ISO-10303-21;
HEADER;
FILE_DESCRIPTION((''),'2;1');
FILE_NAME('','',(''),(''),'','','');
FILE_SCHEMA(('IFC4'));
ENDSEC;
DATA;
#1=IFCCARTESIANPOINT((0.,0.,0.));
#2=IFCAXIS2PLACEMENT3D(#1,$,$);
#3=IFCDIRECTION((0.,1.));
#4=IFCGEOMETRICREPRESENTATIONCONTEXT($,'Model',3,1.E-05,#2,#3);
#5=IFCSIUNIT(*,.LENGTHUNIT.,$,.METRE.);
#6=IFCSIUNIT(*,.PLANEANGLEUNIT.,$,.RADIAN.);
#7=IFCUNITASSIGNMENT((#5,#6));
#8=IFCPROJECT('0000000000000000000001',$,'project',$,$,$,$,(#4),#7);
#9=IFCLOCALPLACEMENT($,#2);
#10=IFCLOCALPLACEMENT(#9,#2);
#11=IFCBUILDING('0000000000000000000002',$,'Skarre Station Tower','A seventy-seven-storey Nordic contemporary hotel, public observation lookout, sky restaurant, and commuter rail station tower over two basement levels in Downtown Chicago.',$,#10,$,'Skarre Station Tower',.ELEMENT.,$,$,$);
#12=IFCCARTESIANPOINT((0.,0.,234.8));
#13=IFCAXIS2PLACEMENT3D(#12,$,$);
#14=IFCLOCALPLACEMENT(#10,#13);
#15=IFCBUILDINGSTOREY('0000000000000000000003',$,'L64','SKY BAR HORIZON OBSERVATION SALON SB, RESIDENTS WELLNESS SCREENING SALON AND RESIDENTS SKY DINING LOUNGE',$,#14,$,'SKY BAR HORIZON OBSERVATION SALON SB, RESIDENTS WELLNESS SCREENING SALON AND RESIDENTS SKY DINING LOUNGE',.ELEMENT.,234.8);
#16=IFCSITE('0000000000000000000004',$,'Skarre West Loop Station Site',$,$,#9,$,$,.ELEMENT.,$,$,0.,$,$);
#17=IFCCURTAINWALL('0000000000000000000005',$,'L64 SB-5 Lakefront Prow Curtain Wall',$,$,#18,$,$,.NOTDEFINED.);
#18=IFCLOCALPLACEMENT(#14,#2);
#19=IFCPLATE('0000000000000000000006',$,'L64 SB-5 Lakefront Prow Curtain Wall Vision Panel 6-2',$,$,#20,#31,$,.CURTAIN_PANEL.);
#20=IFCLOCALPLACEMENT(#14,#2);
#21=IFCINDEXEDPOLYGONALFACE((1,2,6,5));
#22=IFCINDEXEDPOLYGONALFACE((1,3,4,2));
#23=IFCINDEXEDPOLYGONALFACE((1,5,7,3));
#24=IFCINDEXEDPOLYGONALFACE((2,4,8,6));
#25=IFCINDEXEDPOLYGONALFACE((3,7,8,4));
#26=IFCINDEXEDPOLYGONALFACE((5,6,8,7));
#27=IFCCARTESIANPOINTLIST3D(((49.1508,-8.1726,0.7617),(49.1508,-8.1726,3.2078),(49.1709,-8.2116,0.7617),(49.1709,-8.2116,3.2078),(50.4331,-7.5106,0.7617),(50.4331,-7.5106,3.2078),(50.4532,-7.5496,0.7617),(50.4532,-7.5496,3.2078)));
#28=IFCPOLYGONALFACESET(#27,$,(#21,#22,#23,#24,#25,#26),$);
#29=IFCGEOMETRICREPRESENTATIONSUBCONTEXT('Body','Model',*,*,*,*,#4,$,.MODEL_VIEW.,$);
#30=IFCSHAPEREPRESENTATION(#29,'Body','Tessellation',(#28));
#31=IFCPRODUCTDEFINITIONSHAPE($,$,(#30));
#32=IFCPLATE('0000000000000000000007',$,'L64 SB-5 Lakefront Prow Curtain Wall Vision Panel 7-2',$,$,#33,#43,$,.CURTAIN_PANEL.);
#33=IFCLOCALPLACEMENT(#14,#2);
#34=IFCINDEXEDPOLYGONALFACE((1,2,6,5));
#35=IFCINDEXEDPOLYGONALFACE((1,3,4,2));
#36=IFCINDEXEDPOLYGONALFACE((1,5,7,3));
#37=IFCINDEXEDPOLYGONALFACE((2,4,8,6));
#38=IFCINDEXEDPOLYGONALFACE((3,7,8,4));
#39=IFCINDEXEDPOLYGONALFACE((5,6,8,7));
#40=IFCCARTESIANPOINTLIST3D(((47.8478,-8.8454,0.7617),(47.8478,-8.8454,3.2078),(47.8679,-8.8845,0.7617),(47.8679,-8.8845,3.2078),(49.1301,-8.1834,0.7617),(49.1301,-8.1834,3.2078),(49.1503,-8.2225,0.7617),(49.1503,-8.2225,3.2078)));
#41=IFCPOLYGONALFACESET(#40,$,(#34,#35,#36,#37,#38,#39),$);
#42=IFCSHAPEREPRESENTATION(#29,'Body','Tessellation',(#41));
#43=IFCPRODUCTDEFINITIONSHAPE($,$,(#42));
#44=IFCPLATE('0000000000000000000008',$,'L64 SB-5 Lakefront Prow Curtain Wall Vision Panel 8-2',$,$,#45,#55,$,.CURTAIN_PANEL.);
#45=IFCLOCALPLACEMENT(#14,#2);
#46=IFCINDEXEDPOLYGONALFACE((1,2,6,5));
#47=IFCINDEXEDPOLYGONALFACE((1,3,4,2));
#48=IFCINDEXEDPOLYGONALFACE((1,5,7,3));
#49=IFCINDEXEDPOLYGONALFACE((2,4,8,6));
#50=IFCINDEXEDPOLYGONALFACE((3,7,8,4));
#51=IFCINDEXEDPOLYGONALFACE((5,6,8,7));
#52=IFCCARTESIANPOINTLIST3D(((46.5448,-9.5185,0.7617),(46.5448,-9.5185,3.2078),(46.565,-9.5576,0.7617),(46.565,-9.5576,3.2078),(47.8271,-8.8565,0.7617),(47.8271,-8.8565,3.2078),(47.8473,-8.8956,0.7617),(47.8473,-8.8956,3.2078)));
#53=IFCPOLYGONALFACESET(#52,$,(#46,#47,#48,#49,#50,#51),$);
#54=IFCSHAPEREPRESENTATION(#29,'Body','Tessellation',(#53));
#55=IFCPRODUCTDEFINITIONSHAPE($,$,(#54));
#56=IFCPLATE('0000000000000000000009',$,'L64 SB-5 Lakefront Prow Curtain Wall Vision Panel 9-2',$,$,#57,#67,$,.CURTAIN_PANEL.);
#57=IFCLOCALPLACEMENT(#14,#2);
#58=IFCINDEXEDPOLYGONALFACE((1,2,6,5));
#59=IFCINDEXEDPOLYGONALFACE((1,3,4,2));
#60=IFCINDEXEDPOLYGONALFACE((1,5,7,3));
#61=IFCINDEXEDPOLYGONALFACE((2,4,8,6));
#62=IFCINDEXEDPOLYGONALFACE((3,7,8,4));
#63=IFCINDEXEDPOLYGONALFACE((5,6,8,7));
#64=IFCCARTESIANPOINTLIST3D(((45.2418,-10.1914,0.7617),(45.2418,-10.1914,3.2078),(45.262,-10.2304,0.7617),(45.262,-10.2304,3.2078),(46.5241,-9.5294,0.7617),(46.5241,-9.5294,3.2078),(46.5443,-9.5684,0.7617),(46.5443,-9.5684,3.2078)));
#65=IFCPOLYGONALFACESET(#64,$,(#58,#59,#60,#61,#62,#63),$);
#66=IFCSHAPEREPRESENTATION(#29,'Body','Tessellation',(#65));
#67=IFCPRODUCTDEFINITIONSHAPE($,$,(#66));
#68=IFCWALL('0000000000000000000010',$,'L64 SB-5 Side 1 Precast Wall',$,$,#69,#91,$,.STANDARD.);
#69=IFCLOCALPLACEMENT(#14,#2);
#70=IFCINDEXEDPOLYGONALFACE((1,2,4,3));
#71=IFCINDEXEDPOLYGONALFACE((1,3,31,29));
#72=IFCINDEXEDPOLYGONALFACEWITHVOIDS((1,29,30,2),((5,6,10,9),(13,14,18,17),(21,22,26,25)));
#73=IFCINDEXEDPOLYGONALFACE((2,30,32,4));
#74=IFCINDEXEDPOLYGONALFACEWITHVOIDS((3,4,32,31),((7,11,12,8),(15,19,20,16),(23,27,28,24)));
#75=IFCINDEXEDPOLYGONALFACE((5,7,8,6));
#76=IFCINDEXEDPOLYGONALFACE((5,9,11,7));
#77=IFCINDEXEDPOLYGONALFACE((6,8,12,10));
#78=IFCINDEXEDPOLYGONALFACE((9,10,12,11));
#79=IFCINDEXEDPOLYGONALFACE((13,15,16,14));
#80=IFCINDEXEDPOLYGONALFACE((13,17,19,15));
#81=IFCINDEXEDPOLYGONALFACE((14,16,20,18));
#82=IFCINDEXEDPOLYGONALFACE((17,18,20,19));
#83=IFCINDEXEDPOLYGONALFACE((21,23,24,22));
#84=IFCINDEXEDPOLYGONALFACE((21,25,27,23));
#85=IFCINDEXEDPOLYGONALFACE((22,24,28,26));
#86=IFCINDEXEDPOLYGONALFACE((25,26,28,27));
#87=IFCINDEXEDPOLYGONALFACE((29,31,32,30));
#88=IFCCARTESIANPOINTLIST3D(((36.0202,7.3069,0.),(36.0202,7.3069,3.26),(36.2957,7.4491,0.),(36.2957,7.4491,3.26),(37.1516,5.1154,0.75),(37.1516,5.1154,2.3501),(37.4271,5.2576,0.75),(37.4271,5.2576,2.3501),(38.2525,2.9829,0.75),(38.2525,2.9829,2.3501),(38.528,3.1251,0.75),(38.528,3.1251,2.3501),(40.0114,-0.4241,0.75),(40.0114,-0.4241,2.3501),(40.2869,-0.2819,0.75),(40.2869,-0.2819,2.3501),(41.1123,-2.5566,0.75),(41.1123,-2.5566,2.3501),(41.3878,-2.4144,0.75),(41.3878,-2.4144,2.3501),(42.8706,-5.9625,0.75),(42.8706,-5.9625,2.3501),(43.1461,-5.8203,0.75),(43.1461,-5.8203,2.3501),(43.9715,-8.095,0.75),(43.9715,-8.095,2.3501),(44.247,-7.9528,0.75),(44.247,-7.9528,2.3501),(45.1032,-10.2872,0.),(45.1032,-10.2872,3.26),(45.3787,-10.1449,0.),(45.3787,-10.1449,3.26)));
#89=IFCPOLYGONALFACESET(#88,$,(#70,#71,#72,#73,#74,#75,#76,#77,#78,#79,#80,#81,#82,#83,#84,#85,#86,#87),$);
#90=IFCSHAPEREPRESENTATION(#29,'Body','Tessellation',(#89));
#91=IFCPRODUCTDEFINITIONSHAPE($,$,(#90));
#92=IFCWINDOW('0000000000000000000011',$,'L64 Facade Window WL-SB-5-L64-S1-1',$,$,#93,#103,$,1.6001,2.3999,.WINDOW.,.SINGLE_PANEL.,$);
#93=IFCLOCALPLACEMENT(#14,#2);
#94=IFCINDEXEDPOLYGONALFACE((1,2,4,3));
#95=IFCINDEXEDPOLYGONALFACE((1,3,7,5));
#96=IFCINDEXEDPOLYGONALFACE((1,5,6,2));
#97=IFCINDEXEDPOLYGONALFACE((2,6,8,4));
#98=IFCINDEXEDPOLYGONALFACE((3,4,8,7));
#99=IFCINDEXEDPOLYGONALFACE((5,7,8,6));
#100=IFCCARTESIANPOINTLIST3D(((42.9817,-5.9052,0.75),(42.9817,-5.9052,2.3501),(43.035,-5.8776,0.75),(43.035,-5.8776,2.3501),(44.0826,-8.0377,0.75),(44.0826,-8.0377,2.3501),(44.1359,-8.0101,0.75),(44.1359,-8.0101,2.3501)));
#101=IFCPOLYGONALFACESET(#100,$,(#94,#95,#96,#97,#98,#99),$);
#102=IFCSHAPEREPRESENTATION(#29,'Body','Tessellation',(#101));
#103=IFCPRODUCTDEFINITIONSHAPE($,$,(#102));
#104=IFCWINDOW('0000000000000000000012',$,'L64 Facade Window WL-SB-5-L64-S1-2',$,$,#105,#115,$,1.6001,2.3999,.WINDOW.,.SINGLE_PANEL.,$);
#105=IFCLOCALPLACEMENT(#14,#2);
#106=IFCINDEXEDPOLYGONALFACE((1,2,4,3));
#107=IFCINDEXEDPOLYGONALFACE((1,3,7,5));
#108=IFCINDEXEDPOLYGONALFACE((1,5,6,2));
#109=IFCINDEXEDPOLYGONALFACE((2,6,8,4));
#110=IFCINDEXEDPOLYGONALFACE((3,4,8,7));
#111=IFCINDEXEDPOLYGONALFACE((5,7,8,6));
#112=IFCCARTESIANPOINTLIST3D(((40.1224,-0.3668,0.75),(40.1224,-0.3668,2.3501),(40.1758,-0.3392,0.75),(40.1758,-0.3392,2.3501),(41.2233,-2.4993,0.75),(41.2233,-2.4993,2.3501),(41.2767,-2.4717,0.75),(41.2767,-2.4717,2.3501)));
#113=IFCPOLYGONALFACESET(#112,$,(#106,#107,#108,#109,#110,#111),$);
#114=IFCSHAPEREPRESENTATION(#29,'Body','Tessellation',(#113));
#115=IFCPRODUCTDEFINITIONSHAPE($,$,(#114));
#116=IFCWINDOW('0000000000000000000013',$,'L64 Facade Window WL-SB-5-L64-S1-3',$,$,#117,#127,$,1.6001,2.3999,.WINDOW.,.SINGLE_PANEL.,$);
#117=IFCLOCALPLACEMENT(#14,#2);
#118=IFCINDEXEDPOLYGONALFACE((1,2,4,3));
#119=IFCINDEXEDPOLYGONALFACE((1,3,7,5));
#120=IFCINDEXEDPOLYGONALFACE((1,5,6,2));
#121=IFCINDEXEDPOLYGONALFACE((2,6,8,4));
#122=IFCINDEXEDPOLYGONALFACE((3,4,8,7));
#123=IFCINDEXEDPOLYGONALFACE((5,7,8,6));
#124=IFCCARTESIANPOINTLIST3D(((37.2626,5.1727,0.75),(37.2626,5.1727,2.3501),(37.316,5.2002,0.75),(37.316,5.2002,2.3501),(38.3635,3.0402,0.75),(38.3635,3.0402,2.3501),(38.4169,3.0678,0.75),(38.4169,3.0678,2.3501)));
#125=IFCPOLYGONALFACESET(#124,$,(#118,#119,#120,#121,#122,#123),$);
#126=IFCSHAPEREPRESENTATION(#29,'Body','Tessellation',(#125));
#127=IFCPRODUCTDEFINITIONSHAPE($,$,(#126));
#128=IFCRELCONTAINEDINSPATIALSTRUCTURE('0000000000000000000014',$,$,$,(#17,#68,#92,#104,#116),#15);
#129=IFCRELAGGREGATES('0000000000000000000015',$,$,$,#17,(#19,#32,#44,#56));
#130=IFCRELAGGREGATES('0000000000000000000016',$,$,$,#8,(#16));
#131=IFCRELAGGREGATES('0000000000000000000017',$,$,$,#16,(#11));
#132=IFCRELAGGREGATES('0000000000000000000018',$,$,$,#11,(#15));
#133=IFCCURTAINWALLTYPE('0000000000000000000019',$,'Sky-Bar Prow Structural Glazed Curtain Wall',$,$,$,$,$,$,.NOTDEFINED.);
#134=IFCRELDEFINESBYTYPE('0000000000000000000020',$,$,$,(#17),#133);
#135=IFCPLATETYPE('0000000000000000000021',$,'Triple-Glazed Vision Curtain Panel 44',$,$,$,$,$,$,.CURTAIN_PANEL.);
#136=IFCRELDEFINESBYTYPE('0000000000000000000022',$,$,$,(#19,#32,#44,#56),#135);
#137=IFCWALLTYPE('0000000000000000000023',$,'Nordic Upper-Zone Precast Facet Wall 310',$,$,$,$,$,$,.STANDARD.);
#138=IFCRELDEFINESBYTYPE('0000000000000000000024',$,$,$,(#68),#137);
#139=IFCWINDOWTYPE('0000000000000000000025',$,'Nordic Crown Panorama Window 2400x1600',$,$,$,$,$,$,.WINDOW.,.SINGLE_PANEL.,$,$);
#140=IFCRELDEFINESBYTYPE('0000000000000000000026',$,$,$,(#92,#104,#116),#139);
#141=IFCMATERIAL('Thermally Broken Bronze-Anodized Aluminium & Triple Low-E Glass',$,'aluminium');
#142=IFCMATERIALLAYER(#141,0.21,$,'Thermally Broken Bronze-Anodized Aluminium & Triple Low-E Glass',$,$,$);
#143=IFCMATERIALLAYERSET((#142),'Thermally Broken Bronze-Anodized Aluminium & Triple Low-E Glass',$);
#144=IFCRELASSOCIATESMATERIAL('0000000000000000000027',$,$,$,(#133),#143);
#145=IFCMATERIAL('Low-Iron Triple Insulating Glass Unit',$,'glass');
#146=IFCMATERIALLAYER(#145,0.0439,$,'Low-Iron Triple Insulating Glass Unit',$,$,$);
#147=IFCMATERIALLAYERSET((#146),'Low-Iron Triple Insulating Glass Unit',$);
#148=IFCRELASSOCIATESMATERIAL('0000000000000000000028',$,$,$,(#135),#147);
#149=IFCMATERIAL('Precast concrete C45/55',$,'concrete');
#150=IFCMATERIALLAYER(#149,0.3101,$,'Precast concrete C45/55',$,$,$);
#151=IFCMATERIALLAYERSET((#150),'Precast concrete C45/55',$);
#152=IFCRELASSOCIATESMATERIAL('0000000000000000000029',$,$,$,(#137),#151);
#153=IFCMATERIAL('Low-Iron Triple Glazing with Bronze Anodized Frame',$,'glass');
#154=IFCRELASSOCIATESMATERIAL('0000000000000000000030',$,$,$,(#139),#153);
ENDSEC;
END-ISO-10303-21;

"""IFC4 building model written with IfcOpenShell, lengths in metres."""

from ifc_helpers import new_model, si_unit, direction, frame, frame_2d, origin, origin_2d, place, context, subcontext, project, spatial, rectangle, extrude, material, layer, layer_set, type_object, element, fill, aggregate, save


model = new_model("IFC4")

# Units and contexts
model_context = context("Model", 3, precision=1e-05, world=origin(), true_north=direction((0.0, 1.0)))
body_context = subcontext(model_context, "Body", "Model", "MODEL_VIEW")
ifc_project = project(units=[si_unit("LENGTHUNIT", "METRE"), si_unit("PLANEANGLEUNIT", "RADIAN")], contexts=[model_context])

# Site, building, storey
site_placement = place(None, origin())
site = spatial("IfcSite", under=ifc_project, at=site_placement, Name="Skarre West Loop Station Site", CompositionType="ELEMENT", RefElevation=0.0)
building_placement = place(site_placement, origin())
building = spatial("IfcBuilding", under=site, at=building_placement, Name="Skarre Station Tower", Description="A seventy-seven-storey Nordic contemporary hotel, public observation lookout, sky restaurant, and commuter rail station tower over two basement levels in Downtown Chicago.", LongName="Skarre Station Tower", CompositionType="ELEMENT")
storey_placement = place(building_placement, frame((0.0, 0.0, 234.8)))
storey = spatial("IfcBuildingStorey", under=building, at=storey_placement, Name="L64", Description="SKY BAR HORIZON OBSERVATION SALON SB, RESIDENTS WELLNESS SCREENING SALON AND RESIDENTS SKY DINING LOUNGE", LongName="SKY BAR HORIZON OBSERVATION SALON SB, RESIDENTS WELLNESS SCREENING SALON AND RESIDENTS SKY DINING LOUNGE", CompositionType="ELEMENT", Elevation=234.8)

# Curtain wall
ifc_material_1 = material(Name="Thermally Broken Bronze-Anodized Aluminium & Triple Low-E Glass", Category="aluminium")
ifc_layer_1 = layer(ifc_material_1, 0.21, Name="Thermally Broken Bronze-Anodized Aluminium & Triple Low-E Glass")
ifc_layer_set_1 = layer_set([ifc_layer_1], Name="Thermally Broken Bronze-Anodized Aluminium & Triple Low-E Glass")
curtain_wall_type = type_object("IfcCurtainWallType", Name="Sky-Bar Prow Structural Glazed Curtain Wall", PredefinedType="NOTDEFINED", material=ifc_layer_set_1)
curtain_wall_placement = place(storey_placement, origin())
curtain_wall = element("IfcCurtainWall", 1, at=curtain_wall_placement, inside=storey, type_object=curtain_wall_type, Name="L64 SB-5 Lakefront Prow Curtain Wall", PredefinedType="NOTDEFINED")

# Plates
ifc_material_2 = material(Name="Low-Iron Triple Insulating Glass Unit", Category="glass")
ifc_layer_2 = layer(ifc_material_2, 0.0439, Name="Low-Iron Triple Insulating Glass Unit")
ifc_layer_set_2 = layer_set([ifc_layer_2], Name="Low-Iron Triple Insulating Glass Unit")
plate_type_1 = type_object("IfcPlateType", Name="Triple-Glazed Vision Curtain Panel 44", PredefinedType="CURTAIN_PANEL", material=ifc_layer_set_2)
plate_1_placement = place(storey_placement, frame((49.802, -7.8611, 0.7617), z_axis=(0.0, 0.0, 1.0), x_axis=(-0.888577, -0.458727, 0.0)))
plate_1 = element("IfcPlate", 2, at=plate_1_placement, type_object=plate_type_1, Name="L64 SB-5 Lakefront Prow Curtain Wall Vision Panel 6-2", PredefinedType="CURTAIN_PANEL", context=body_context, shape_type="SweptSolid", body=[
    extrude(rectangle(XDim=1.4431, YDim=0.0439, at=origin_2d()), origin(), (0.0, 0.0, 1.0), 2.446),
])
plate_2_placement = place(storey_placement, frame((48.499, -8.5339, 0.7617), z_axis=(0.0, 0.0, 1.0), x_axis=(-0.888577, -0.458727, 0.0)))
plate_2 = element("IfcPlate", 3, at=plate_2_placement, type_object=plate_type_1, Name="L64 SB-5 Lakefront Prow Curtain Wall Vision Panel 7-2", PredefinedType="CURTAIN_PANEL", context=body_context, shape_type="SweptSolid", body=[
    extrude(rectangle(XDim=1.4431, YDim=0.0439, at=origin_2d()), origin(), (0.0, 0.0, 1.0), 2.446),
])
plate_3_placement = place(storey_placement, frame((47.196, -9.207, 0.7617), z_axis=(0.0, 0.0, 1.0), x_axis=(-0.888577, -0.458727, 0.0)))
plate_3 = element("IfcPlate", 4, at=plate_3_placement, type_object=plate_type_1, Name="L64 SB-5 Lakefront Prow Curtain Wall Vision Panel 8-2", PredefinedType="CURTAIN_PANEL", context=body_context, shape_type="SweptSolid", body=[
    extrude(rectangle(XDim=1.4431, YDim=0.0439, at=origin_2d()), origin(), (0.0, 0.0, 1.0), 2.446),
])
plate_4_placement = place(storey_placement, frame((45.8931, -9.8799, 0.7617), z_axis=(0.0, 0.0, 1.0), x_axis=(-0.888577, -0.458727, 0.0)))
plate_4 = element("IfcPlate", 5, at=plate_4_placement, type_object=plate_type_1, Name="L64 SB-5 Lakefront Prow Curtain Wall Vision Panel 9-2", PredefinedType="CURTAIN_PANEL", context=body_context, shape_type="SweptSolid", body=[
    extrude(rectangle(XDim=1.4431, YDim=0.0439, at=origin_2d()), origin(), (0.0, 0.0, 1.0), 2.446),
])
aggregate(curtain_wall, [plate_1, plate_2, plate_3, plate_4])

# Wall, openings, windows
ifc_material_3 = material(Name="Precast concrete C45/55", Category="concrete")
ifc_layer_3 = layer(ifc_material_3, 0.3101, Name="Precast concrete C45/55")
ifc_layer_set_3 = layer_set([ifc_layer_3], Name="Precast concrete C45/55")
wall_type = type_object("IfcWallType", Name="Nordic Upper-Zone Precast Facet Wall 310", PredefinedType="STANDARD", material=ifc_layer_set_3)
wall_placement = place(storey_placement, frame((45.241, -10.2161, 0.0), z_axis=(0.0, 0.0, 1.0), x_axis=(-0.458732, 0.888575, 0.0)))
wall = element("IfcWall", 6, at=wall_placement, inside=storey, type_object=wall_type, Name="L64 SB-5 Side 1 Precast Wall", PredefinedType="STANDARD", context=body_context, shape_type="SweptSolid", body=[
    extrude(rectangle(XDim=19.8003, YDim=0.3101, at=frame_2d((9.9001, 0.0))), origin(), (0.0, 0.0, 1.0), 3.26),
])
opening_1_placement = place(wall_placement, frame((2.467, 0.0, 0.75)))
opening_1 = element("IfcOpeningElement", 7, at=opening_1_placement, cuts=wall, PredefinedType="OPENING", context=body_context, shape_type="SweptSolid", body=[
    extrude(rectangle(XDim=2.3999, YDim=1.6001, at=frame_2d((1.2, 0.8))), frame((0.0, 0.165, 0.0), z_axis=(0.0, -1.0, 0.0), x_axis=(1.0, 0.0, 0.0)), (0.0, 0.0, 1.0), 0.3301),
])
opening_2_placement = place(wall_placement, frame((8.7, 0.0, 0.75)))
opening_2 = element("IfcOpeningElement", 8, at=opening_2_placement, cuts=wall, PredefinedType="OPENING", context=body_context, shape_type="SweptSolid", body=[
    extrude(rectangle(XDim=2.3999, YDim=1.6001, at=frame_2d((1.2, 0.8))), frame((0.0, 0.165, 0.0), z_axis=(0.0, -1.0, 0.0), x_axis=(1.0, 0.0, 0.0)), (0.0, 0.0, 1.0), 0.3301),
])
opening_3_placement = place(wall_placement, frame((14.9341, 0.0, 0.75)))
opening_3 = element("IfcOpeningElement", 9, at=opening_3_placement, cuts=wall, PredefinedType="OPENING", context=body_context, shape_type="SweptSolid", body=[
    extrude(rectangle(XDim=2.3999, YDim=1.6001, at=frame_2d((1.2, 0.8))), frame((0.0, 0.165, 0.0), z_axis=(0.0, -1.0, 0.0), x_axis=(1.0, 0.0, 0.0)), (0.0, 0.0, 1.0), 0.3301),
])
ifc_material_4 = material(Name="Low-Iron Triple Glazing with Bronze Anodized Frame", Category="glass")
window_type = type_object("IfcWindowType", Name="Nordic Crown Panorama Window 2400x1600", PartitioningType="SINGLE_PANEL", PredefinedType="WINDOW", material=ifc_material_4)
window_1_placement = place(opening_1_placement, origin())
window_1 = element("IfcWindow", 10, at=window_1_placement, inside=storey, type_object=window_type, Name="L64 Facade Window WL-SB-5-L64-S1-1", OverallHeight=1.6001, OverallWidth=2.3999, PartitioningType="SINGLE_PANEL", PredefinedType="WINDOW", context=body_context, shape_type="SweptSolid", body=[
    extrude(rectangle(XDim=2.3999, YDim=1.6001, at=frame_2d((1.2, 0.8))), frame((0.0, 0.03, 0.0), z_axis=(0.0, -1.0, 0.0), x_axis=(1.0, 0.0, 0.0)), (0.0, 0.0, 1.0), 0.0601),
])
fill(opening_1, window_1)
window_2_placement = place(opening_2_placement, origin())
window_2 = element("IfcWindow", 11, at=window_2_placement, inside=storey, type_object=window_type, Name="L64 Facade Window WL-SB-5-L64-S1-2", OverallHeight=1.6001, OverallWidth=2.3999, PartitioningType="SINGLE_PANEL", PredefinedType="WINDOW", context=body_context, shape_type="SweptSolid", body=[
    extrude(rectangle(XDim=2.3999, YDim=1.6001, at=frame_2d((1.2, 0.8))), frame((0.0, 0.03, 0.0), z_axis=(0.0, -1.0, 0.0), x_axis=(1.0, 0.0, 0.0)), (0.0, 0.0, 1.0), 0.0601),
])
fill(opening_2, window_2)
window_3_placement = place(opening_3_placement, origin())
window_3 = element("IfcWindow", 12, at=window_3_placement, inside=storey, type_object=window_type, Name="L64 Facade Window WL-SB-5-L64-S1-3", OverallHeight=1.6001, OverallWidth=2.3999, PartitioningType="SINGLE_PANEL", PredefinedType="WINDOW", context=body_context, shape_type="SweptSolid", body=[
    extrude(rectangle(XDim=2.3999, YDim=1.6001, at=frame_2d((1.2, 0.8))), frame((0.0, 0.03, 0.0), z_axis=(0.0, -1.0, 0.0), x_axis=(1.0, 0.0, 0.0)), (0.0, 0.0, 1.0), 0.0601),
])
fill(opening_3, window_3)

save(model, "model.ifc")
